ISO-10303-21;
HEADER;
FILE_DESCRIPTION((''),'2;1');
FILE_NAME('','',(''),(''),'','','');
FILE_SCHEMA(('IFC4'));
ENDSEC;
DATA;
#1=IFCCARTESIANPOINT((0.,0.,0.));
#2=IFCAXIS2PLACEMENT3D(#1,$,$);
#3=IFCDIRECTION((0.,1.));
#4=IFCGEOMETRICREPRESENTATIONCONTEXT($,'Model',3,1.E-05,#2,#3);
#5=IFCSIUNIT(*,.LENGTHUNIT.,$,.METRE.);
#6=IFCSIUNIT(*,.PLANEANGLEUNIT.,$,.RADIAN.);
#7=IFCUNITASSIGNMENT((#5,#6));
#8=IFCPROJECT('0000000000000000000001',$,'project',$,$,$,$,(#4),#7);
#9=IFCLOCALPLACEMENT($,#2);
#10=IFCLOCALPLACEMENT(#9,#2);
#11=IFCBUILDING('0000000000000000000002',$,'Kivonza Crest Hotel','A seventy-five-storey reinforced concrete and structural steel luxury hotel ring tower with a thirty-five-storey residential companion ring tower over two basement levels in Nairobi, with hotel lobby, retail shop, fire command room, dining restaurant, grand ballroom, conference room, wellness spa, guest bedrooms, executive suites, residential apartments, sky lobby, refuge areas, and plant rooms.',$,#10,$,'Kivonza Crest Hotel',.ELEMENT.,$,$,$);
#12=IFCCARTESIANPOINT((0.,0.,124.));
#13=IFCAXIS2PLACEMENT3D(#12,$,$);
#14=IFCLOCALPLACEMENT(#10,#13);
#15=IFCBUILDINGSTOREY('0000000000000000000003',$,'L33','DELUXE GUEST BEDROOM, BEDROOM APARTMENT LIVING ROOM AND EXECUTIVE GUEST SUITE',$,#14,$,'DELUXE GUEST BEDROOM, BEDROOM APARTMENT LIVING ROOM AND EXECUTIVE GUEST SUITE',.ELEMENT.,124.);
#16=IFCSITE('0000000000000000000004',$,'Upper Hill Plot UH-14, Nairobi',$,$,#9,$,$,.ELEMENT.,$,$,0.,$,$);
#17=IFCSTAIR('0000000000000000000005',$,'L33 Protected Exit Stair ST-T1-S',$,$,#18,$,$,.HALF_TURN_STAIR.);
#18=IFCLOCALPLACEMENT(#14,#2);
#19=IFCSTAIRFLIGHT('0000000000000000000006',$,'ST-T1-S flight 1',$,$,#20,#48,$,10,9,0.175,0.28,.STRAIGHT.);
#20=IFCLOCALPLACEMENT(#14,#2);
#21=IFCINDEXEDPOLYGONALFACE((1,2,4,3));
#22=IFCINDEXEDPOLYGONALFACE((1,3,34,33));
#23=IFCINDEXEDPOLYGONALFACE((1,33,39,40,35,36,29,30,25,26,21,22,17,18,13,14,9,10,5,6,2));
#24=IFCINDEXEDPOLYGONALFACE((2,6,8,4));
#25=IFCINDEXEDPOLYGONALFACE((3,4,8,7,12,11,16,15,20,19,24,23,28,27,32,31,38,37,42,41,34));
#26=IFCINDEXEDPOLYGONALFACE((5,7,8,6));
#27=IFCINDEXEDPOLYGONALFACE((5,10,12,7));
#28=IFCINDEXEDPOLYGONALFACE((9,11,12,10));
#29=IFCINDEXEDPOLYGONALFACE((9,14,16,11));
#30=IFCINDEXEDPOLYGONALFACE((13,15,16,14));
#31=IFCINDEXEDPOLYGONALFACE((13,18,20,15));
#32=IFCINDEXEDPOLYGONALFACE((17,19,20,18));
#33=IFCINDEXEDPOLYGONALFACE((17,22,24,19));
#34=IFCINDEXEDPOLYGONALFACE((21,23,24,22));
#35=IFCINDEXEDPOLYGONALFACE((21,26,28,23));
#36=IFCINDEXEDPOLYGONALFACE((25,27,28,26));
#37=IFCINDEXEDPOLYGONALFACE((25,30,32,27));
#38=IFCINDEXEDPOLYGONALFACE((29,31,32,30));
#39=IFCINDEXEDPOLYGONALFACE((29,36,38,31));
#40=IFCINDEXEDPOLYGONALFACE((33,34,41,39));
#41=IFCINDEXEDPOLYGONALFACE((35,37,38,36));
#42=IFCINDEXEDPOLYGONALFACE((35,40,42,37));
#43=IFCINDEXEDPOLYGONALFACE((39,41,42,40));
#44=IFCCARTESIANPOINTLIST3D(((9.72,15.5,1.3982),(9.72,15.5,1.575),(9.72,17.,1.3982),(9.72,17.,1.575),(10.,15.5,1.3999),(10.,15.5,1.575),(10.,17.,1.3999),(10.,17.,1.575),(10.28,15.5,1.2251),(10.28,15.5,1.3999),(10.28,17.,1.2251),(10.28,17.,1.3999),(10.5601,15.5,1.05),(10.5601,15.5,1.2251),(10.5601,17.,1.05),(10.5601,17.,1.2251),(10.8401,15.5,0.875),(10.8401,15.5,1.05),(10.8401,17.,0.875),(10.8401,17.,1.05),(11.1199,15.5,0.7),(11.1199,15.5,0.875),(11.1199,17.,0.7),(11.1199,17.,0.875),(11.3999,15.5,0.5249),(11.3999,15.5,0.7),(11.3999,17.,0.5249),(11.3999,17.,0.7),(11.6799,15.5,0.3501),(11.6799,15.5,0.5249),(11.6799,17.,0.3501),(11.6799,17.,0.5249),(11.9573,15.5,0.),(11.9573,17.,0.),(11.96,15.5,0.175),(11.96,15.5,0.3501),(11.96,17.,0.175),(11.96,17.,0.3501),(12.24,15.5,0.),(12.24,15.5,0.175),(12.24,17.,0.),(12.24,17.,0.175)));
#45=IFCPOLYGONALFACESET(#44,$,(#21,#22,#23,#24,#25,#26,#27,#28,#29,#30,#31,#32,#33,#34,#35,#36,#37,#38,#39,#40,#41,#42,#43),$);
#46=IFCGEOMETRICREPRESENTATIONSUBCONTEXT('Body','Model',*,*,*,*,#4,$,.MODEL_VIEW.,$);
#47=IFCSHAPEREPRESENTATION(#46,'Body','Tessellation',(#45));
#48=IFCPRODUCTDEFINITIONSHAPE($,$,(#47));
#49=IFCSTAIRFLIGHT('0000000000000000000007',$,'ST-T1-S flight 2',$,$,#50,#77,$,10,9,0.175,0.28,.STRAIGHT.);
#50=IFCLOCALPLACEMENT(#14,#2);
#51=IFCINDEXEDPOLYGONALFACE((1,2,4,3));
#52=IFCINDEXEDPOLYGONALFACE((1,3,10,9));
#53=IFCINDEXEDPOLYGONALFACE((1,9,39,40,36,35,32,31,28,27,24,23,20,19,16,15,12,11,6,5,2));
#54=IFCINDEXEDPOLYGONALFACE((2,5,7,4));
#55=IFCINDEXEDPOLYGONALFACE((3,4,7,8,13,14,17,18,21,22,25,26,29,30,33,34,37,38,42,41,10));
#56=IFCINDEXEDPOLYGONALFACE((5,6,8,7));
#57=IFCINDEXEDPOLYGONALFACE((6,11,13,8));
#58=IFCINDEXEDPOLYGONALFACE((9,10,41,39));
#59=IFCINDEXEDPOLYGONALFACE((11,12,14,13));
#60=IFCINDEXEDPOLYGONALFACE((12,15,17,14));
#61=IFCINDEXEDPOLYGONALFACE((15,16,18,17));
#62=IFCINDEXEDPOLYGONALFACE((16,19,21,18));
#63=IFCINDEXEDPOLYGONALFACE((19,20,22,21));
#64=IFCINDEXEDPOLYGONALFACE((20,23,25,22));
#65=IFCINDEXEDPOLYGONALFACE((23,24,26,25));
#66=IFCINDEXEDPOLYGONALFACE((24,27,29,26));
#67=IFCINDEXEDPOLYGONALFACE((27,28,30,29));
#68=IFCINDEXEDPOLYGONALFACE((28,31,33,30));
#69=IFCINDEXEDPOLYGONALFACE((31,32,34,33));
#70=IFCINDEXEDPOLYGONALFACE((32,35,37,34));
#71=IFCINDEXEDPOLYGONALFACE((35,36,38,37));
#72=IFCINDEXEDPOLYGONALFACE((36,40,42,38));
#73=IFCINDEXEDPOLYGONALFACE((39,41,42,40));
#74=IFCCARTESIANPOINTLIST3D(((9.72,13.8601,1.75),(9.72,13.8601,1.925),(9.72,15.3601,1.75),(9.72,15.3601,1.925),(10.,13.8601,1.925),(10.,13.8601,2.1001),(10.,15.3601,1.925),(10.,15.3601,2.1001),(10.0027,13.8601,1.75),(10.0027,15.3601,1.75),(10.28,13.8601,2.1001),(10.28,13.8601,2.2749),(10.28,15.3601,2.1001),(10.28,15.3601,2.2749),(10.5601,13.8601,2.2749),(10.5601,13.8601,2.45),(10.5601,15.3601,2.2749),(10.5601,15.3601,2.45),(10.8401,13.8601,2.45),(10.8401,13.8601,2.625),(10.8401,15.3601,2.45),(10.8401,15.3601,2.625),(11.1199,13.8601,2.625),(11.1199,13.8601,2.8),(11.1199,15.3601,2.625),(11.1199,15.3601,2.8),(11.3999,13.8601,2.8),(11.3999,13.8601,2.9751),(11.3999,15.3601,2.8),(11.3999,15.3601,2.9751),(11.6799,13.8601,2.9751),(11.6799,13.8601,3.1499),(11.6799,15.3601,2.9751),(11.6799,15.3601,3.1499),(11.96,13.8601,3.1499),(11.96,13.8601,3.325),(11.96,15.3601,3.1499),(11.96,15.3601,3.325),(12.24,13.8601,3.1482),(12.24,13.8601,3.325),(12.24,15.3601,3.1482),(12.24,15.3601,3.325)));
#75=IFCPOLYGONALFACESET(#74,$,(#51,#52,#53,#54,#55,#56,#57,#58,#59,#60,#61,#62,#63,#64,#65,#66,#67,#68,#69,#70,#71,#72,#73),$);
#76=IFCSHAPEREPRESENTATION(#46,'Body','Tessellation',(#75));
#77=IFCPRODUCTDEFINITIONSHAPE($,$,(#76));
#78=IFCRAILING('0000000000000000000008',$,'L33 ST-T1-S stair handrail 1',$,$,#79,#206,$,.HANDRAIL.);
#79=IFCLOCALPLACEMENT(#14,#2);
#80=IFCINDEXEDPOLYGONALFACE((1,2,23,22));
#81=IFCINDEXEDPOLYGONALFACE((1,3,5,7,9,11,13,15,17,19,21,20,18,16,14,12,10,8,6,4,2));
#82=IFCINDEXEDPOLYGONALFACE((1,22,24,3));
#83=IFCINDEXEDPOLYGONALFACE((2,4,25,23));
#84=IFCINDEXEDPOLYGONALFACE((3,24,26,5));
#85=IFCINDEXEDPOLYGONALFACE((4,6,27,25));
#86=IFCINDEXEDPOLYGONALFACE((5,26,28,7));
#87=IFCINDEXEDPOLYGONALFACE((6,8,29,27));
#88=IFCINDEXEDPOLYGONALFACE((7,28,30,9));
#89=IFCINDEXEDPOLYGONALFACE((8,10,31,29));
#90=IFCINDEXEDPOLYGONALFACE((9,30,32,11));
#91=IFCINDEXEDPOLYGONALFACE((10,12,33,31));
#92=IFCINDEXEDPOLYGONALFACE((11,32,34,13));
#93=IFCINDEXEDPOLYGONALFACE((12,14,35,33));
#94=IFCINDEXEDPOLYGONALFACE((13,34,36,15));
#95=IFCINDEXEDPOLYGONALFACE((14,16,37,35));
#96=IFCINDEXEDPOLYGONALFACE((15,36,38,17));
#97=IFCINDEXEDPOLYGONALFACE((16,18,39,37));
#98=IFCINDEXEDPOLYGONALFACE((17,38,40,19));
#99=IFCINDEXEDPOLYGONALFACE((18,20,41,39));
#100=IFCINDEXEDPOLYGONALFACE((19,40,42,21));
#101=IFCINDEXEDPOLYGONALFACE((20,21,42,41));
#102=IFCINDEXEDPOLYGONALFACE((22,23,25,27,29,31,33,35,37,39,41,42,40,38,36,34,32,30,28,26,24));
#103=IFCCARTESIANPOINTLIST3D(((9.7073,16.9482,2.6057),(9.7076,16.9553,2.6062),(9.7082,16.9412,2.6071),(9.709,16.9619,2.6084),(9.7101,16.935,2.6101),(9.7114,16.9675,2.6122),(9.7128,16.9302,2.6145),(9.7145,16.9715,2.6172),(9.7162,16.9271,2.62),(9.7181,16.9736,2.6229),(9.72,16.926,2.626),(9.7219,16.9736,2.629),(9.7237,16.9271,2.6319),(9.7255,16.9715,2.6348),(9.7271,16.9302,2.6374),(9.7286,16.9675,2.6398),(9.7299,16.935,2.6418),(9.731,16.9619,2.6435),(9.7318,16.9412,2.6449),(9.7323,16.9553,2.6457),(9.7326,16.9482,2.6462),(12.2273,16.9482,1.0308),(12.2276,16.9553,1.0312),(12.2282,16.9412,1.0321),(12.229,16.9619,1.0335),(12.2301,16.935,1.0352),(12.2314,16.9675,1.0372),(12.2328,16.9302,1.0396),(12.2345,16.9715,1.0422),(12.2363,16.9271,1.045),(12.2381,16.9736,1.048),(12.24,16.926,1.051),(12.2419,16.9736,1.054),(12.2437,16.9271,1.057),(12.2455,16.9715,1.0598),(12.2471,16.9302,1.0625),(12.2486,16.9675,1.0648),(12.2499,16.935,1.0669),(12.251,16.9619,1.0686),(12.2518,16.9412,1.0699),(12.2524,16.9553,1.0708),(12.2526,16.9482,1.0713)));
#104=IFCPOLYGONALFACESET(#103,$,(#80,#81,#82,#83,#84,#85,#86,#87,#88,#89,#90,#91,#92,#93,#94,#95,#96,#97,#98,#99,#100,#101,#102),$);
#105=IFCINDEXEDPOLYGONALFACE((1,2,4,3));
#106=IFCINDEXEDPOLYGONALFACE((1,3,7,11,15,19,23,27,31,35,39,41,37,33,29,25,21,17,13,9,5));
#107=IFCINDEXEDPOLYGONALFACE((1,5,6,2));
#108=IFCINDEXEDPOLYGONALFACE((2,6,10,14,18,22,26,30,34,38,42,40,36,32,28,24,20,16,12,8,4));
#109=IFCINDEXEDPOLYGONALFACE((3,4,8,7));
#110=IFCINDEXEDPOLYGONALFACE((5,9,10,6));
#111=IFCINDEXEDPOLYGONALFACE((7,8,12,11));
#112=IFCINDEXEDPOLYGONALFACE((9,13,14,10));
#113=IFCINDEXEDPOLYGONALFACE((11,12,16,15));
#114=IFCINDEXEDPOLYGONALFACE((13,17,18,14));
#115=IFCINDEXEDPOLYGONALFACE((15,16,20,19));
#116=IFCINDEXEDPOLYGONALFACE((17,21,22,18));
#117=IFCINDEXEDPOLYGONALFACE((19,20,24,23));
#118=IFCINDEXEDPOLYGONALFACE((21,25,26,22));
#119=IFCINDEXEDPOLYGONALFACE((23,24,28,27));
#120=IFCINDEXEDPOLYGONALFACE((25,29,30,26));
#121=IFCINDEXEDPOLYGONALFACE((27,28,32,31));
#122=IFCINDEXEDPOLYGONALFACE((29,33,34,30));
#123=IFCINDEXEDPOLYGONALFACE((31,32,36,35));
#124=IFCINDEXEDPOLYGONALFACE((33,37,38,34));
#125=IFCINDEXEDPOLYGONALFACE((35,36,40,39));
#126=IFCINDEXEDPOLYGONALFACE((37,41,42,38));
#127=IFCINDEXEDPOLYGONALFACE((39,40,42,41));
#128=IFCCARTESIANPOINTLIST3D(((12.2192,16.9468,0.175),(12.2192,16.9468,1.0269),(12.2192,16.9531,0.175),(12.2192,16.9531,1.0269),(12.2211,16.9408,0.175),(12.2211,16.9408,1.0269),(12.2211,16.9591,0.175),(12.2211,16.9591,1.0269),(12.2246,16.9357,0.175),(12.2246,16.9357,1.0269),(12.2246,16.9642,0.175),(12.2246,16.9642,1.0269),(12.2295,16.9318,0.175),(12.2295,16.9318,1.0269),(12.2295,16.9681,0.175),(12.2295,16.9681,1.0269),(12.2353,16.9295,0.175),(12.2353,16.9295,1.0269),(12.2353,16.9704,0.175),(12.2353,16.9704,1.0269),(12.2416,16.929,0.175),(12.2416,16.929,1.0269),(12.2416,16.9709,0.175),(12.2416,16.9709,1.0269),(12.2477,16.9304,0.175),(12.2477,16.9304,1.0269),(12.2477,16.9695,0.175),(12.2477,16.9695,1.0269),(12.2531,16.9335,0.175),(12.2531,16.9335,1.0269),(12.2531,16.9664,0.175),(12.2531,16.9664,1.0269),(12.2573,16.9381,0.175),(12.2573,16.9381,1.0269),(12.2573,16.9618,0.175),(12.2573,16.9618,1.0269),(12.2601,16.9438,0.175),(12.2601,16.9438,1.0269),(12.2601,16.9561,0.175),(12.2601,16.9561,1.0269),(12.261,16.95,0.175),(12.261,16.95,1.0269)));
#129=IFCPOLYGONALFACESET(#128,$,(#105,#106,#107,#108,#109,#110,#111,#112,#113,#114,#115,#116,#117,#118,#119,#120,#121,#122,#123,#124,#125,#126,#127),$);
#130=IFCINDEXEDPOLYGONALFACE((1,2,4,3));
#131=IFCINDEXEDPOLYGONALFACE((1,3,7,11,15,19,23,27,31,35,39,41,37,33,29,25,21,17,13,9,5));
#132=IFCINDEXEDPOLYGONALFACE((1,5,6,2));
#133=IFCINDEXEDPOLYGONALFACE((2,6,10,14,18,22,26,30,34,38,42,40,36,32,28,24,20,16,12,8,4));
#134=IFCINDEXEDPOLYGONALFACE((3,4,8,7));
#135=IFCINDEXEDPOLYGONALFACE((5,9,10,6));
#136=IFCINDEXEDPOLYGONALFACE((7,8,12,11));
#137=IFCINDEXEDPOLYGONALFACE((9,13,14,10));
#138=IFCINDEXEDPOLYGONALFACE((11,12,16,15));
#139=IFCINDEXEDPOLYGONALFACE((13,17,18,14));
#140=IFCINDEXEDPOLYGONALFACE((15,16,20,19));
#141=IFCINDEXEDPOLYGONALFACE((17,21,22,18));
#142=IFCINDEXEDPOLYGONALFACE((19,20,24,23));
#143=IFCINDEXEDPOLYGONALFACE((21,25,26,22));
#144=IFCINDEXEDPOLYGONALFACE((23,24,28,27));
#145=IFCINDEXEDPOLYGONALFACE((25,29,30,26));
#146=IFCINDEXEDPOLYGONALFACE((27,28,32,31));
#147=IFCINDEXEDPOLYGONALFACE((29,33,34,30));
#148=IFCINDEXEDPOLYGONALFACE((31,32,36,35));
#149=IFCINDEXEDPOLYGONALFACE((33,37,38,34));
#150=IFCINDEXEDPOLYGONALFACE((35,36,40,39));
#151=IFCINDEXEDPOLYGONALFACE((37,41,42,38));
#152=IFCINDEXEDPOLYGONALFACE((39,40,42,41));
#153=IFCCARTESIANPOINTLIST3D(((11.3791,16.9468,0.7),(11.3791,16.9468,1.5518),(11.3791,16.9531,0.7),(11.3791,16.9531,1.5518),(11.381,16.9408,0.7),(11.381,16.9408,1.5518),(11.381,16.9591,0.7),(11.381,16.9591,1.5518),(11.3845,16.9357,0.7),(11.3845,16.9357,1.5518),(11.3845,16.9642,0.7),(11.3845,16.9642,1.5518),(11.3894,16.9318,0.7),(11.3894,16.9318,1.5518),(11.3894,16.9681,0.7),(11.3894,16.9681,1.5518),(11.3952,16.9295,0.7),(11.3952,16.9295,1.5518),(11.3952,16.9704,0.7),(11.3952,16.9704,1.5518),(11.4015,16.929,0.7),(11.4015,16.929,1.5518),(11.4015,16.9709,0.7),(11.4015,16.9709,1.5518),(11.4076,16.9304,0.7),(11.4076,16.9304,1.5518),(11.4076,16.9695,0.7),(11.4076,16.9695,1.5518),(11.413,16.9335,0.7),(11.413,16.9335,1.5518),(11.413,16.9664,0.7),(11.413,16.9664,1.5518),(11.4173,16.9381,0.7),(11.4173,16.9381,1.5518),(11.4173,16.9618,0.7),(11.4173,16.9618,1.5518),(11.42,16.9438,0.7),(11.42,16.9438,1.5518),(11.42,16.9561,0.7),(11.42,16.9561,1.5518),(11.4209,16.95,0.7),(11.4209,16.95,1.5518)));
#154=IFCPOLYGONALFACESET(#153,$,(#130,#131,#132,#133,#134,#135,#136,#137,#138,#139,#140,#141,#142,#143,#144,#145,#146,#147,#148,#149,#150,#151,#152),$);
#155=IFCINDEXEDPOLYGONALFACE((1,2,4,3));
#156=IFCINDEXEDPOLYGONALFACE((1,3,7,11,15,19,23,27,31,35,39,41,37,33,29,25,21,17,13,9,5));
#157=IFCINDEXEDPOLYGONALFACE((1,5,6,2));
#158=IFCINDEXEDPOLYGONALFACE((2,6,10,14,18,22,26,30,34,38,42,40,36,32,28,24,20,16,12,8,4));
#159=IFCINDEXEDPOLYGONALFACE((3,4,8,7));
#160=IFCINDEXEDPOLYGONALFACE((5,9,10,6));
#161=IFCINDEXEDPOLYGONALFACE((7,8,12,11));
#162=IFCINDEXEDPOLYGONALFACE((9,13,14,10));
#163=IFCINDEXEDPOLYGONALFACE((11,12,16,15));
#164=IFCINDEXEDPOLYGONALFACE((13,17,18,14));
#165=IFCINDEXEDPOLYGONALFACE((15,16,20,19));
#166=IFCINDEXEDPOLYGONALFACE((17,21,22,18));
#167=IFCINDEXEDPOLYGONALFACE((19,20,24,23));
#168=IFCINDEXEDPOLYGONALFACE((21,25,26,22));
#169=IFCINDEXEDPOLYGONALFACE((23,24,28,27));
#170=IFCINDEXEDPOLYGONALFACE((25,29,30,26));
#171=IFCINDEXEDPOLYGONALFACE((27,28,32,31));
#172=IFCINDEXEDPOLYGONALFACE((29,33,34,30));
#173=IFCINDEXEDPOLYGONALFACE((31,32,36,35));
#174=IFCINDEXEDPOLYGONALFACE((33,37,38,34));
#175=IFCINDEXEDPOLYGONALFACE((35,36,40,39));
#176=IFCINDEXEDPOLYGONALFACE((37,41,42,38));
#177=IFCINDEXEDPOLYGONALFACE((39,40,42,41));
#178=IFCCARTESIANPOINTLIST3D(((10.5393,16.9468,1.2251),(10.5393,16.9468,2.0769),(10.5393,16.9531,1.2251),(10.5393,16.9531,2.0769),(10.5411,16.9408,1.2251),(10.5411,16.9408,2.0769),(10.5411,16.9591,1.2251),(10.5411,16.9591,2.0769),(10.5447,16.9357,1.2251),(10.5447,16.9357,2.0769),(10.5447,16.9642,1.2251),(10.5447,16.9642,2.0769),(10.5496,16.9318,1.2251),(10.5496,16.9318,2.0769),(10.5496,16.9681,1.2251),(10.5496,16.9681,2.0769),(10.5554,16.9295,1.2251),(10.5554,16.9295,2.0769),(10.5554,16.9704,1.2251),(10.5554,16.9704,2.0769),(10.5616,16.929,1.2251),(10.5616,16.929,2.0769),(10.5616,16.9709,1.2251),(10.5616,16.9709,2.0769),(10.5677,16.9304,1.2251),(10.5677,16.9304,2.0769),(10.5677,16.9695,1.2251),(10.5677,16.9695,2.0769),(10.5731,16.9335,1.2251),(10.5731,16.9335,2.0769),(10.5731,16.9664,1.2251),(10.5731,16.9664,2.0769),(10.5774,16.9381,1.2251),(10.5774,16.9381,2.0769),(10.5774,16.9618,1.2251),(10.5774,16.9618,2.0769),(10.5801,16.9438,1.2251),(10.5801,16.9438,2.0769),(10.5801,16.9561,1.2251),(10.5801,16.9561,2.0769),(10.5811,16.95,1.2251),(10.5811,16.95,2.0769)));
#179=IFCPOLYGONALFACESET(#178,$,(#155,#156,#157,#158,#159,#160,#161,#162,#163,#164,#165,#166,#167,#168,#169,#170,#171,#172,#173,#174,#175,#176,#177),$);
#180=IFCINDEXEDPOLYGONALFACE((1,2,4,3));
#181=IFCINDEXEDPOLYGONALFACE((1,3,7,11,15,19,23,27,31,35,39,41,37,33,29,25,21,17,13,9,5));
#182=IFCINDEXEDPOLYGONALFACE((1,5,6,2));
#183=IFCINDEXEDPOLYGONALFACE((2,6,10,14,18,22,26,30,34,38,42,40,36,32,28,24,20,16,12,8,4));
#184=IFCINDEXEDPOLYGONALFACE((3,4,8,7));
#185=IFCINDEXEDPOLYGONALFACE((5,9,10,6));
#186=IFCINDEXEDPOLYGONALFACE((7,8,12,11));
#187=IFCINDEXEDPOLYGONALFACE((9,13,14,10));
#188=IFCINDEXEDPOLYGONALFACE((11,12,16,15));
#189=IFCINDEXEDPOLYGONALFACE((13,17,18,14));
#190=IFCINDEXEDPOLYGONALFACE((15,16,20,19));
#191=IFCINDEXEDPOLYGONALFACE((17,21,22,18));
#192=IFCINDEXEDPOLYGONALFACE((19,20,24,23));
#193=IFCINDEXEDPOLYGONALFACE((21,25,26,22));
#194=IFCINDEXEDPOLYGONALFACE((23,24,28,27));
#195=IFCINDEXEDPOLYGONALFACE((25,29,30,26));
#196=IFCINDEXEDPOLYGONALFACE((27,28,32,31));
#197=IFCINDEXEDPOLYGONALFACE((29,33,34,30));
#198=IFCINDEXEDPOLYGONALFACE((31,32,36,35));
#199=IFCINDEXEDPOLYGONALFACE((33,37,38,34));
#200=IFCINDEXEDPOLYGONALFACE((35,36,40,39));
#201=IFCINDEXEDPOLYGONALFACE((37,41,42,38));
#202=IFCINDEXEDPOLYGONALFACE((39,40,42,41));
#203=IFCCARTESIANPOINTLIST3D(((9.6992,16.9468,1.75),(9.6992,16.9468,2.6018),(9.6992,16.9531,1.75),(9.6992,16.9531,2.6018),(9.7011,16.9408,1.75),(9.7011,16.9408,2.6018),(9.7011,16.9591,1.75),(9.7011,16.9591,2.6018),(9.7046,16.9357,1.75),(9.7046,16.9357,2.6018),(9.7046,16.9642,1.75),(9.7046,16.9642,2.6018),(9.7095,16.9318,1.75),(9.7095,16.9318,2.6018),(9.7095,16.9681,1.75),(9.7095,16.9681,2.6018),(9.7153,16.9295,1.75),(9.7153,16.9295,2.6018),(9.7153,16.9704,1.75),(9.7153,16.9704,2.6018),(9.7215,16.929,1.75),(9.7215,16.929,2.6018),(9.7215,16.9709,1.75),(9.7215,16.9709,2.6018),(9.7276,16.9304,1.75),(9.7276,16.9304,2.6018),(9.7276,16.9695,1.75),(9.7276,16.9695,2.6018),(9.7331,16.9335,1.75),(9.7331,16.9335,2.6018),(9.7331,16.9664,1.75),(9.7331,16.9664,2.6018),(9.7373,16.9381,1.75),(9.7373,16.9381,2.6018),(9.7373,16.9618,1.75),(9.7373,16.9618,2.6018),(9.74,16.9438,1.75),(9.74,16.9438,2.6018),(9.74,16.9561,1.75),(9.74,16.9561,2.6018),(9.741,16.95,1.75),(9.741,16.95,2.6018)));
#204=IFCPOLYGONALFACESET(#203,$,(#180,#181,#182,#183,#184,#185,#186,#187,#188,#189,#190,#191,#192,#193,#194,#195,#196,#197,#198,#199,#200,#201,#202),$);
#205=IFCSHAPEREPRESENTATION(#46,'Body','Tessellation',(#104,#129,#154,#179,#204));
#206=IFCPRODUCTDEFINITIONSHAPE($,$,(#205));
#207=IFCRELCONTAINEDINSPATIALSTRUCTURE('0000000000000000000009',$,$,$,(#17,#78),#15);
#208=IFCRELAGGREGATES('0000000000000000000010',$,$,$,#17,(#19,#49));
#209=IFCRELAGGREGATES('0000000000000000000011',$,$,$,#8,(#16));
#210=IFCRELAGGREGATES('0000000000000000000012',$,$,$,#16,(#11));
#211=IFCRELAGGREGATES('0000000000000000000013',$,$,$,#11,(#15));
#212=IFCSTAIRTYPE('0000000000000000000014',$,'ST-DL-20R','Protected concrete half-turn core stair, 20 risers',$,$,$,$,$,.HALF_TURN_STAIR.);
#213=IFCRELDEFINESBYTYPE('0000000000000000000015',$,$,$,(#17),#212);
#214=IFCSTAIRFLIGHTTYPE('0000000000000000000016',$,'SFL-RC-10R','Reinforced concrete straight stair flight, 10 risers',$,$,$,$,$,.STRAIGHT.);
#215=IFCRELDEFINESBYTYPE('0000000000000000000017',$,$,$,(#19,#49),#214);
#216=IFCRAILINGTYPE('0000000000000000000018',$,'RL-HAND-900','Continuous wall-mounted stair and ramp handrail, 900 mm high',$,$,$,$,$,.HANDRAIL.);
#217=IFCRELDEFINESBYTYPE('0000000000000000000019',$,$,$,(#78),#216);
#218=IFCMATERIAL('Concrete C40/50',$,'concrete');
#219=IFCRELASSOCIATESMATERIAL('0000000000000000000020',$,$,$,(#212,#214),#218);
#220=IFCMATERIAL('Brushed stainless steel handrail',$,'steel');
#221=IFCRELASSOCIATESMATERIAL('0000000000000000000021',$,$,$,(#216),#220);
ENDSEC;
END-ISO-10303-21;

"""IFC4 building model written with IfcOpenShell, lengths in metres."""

from ifc_helpers import new_model, si_unit, direction, frame, origin, origin_2d, place, context, subcontext, project, spatial, polyline, circle, outline, extrude, material, type_object, element, aggregate, save


model = new_model("IFC4")

# Units and contexts
model_context = context("Model", 3, precision=1e-05, world=origin(), true_north=direction((0.0, 1.0)))
body_context = subcontext(model_context, "Body", "Model", "MODEL_VIEW")
ifc_project = project(units=[si_unit("LENGTHUNIT", "METRE"), si_unit("PLANEANGLEUNIT", "RADIAN")], contexts=[model_context])

# Site, building, storey
site_placement = place(None, origin())
site = spatial("IfcSite", under=ifc_project, at=site_placement, Name="Upper Hill Plot UH-14, Nairobi", CompositionType="ELEMENT", RefElevation=0.0)
building_placement = place(site_placement, origin())
building = spatial("IfcBuilding", under=site, at=building_placement, Name="Kivonza Crest Hotel", Description="A seventy-five-storey reinforced concrete and structural steel luxury hotel ring tower with a thirty-five-storey residential companion ring tower over two basement levels in Nairobi, with hotel lobby, retail shop, fire command room, dining restaurant, grand ballroom, conference room, wellness spa, guest bedrooms, executive suites, residential apartments, sky lobby, refuge areas, and plant rooms.", LongName="Kivonza Crest Hotel", CompositionType="ELEMENT")
storey_placement = place(building_placement, frame((0.0, 0.0, 124.0)))
storey = spatial("IfcBuildingStorey", under=building, at=storey_placement, Name="L33", Description="DELUXE GUEST BEDROOM, BEDROOM APARTMENT LIVING ROOM AND EXECUTIVE GUEST SUITE", LongName="DELUXE GUEST BEDROOM, BEDROOM APARTMENT LIVING ROOM AND EXECUTIVE GUEST SUITE", CompositionType="ELEMENT", Elevation=124.0)

# Stair, stair flights
ifc_material_1 = material(Name="Concrete C40/50", Category="concrete")
stair_type = type_object("IfcStairType", Name="ST-DL-20R", Description="Protected concrete half-turn core stair, 20 risers", PredefinedType="HALF_TURN_STAIR", material=ifc_material_1)
stair_placement = place(storey_placement, origin())
stair = element("IfcStair", 1, at=stair_placement, inside=storey, type_object=stair_type, Name="L33 Protected Exit Stair ST-T1-S", PredefinedType="HALF_TURN_STAIR")
stair_flight_type = type_object("IfcStairFlightType", Name="SFL-RC-10R", Description="Reinforced concrete straight stair flight, 10 risers", PredefinedType="STRAIGHT", material=ifc_material_1)
stair_flight_1_placement = place(storey_placement, frame((12.24, 16.25, 0.0), z_axis=(0.0, 0.0, 1.0), x_axis=(-1.0, 0.0, 0.0)))
stair_flight_1 = element("IfcStairFlight", 2, at=stair_flight_1_placement, type_object=stair_flight_type, Name="ST-T1-S flight 1", NumberOfRisers=10, NumberOfTreads=9, PredefinedType="STRAIGHT", RiserHeight=0.175, TreadLength=0.28, context=body_context, shape_type="SweptSolid", body=[
    extrude(outline(polyline([(0.0, 0.0), (0.0, 0.175), (0.28, 0.175), (0.28, 0.3501), (0.5601, 0.3501), (0.5601, 0.5249), (0.8401, 0.5249), (0.8401, 0.7), (1.1201, 0.7), (1.1201, 0.875), (1.3999, 0.875), (1.3999, 1.05), (1.6799, 1.05), (1.6799, 1.2251), (1.96, 1.2251), (1.96, 1.3999), (2.24, 1.3999), (2.24, 1.575), (2.52, 1.575), (2.52, 1.75), (2.52, 1.3982), (0.2827, 0.0), (0.0, 0.0)])), frame((0.0, 0.75, 0.0), z_axis=(0.0, -1.0, 0.0), x_axis=(1.0, 0.0, 0.0)), (0.0, 0.0, 1.0), 1.5),
])
stair_flight_2_placement = place(storey_placement, frame((9.72, 14.6101, 1.75), z_axis=(0.0, 0.0, 1.0), x_axis=(1.0, 0.0, 0.0)))
stair_flight_2 = element("IfcStairFlight", 3, at=stair_flight_2_placement, type_object=stair_flight_type, Name="ST-T1-S flight 2", NumberOfRisers=10, NumberOfTreads=9, PredefinedType="STRAIGHT", RiserHeight=0.175, TreadLength=0.28, context=body_context, shape_type="SweptSolid", body=[
    extrude(outline(polyline([(0.0, 0.0), (0.0, 0.175), (0.28, 0.175), (0.28, 0.3501), (0.5601, 0.3501), (0.5601, 0.5249), (0.8401, 0.5249), (0.8401, 0.7), (1.1201, 0.7), (1.1201, 0.875), (1.3999, 0.875), (1.3999, 1.05), (1.6799, 1.05), (1.6799, 1.2251), (1.96, 1.2251), (1.96, 1.3999), (2.24, 1.3999), (2.24, 1.575), (2.52, 1.575), (2.52, 1.75), (2.52, 1.3982), (0.2827, 0.0), (0.0, 0.0)])), frame((0.0, 0.75, 0.0), z_axis=(0.0, -1.0, 0.0), x_axis=(1.0, 0.0, 0.0)), (0.0, 0.0, 1.0), 1.5),
])
aggregate(stair, [stair_flight_1, stair_flight_2])

# Railing
ifc_material_2 = material(Name="Brushed stainless steel handrail", Category="steel")
railing_type_1 = type_object("IfcRailingType", Name="RL-HAND-900", Description="Continuous wall-mounted stair and ramp handrail, 900 mm high", PredefinedType="HANDRAIL", material=ifc_material_2)
railing_1_placement = place(storey_placement, frame((12.24, 16.95, 0.175)))
element("IfcRailing", 4, at=railing_1_placement, inside=storey, type_object=railing_type_1, Name="L33 ST-T1-S stair handrail 1", PredefinedType="HANDRAIL", context=body_context, shape_type="SweptSolid", body=[
    extrude(circle(Radius=0.0239, at=origin_2d()), frame((0.0, 0.0, 0.876), z_axis=(-0.848008, 0.0, 0.529984), x_axis=(0.0, -1.0, 0.0)), (0.0, 0.0, 1.0), 2.9717),
    extrude(circle(Radius=0.021, at=origin_2d()), origin(), (0.0, 0.0, 1.0), 0.8518),
    extrude(circle(Radius=0.021, at=origin_2d()), frame((-0.8401, 0.0, 0.5249)), (0.0, 0.0, 1.0), 0.8518),
    extrude(circle(Radius=0.021, at=origin_2d()), frame((-1.6799, 0.0, 1.05)), (0.0, 0.0, 1.0), 0.8518),
    extrude(circle(Radius=0.021, at=origin_2d()), frame((-2.52, 0.0, 1.575)), (0.0, 0.0, 1.0), 0.8518),
])

save(model, "model.ifc")
